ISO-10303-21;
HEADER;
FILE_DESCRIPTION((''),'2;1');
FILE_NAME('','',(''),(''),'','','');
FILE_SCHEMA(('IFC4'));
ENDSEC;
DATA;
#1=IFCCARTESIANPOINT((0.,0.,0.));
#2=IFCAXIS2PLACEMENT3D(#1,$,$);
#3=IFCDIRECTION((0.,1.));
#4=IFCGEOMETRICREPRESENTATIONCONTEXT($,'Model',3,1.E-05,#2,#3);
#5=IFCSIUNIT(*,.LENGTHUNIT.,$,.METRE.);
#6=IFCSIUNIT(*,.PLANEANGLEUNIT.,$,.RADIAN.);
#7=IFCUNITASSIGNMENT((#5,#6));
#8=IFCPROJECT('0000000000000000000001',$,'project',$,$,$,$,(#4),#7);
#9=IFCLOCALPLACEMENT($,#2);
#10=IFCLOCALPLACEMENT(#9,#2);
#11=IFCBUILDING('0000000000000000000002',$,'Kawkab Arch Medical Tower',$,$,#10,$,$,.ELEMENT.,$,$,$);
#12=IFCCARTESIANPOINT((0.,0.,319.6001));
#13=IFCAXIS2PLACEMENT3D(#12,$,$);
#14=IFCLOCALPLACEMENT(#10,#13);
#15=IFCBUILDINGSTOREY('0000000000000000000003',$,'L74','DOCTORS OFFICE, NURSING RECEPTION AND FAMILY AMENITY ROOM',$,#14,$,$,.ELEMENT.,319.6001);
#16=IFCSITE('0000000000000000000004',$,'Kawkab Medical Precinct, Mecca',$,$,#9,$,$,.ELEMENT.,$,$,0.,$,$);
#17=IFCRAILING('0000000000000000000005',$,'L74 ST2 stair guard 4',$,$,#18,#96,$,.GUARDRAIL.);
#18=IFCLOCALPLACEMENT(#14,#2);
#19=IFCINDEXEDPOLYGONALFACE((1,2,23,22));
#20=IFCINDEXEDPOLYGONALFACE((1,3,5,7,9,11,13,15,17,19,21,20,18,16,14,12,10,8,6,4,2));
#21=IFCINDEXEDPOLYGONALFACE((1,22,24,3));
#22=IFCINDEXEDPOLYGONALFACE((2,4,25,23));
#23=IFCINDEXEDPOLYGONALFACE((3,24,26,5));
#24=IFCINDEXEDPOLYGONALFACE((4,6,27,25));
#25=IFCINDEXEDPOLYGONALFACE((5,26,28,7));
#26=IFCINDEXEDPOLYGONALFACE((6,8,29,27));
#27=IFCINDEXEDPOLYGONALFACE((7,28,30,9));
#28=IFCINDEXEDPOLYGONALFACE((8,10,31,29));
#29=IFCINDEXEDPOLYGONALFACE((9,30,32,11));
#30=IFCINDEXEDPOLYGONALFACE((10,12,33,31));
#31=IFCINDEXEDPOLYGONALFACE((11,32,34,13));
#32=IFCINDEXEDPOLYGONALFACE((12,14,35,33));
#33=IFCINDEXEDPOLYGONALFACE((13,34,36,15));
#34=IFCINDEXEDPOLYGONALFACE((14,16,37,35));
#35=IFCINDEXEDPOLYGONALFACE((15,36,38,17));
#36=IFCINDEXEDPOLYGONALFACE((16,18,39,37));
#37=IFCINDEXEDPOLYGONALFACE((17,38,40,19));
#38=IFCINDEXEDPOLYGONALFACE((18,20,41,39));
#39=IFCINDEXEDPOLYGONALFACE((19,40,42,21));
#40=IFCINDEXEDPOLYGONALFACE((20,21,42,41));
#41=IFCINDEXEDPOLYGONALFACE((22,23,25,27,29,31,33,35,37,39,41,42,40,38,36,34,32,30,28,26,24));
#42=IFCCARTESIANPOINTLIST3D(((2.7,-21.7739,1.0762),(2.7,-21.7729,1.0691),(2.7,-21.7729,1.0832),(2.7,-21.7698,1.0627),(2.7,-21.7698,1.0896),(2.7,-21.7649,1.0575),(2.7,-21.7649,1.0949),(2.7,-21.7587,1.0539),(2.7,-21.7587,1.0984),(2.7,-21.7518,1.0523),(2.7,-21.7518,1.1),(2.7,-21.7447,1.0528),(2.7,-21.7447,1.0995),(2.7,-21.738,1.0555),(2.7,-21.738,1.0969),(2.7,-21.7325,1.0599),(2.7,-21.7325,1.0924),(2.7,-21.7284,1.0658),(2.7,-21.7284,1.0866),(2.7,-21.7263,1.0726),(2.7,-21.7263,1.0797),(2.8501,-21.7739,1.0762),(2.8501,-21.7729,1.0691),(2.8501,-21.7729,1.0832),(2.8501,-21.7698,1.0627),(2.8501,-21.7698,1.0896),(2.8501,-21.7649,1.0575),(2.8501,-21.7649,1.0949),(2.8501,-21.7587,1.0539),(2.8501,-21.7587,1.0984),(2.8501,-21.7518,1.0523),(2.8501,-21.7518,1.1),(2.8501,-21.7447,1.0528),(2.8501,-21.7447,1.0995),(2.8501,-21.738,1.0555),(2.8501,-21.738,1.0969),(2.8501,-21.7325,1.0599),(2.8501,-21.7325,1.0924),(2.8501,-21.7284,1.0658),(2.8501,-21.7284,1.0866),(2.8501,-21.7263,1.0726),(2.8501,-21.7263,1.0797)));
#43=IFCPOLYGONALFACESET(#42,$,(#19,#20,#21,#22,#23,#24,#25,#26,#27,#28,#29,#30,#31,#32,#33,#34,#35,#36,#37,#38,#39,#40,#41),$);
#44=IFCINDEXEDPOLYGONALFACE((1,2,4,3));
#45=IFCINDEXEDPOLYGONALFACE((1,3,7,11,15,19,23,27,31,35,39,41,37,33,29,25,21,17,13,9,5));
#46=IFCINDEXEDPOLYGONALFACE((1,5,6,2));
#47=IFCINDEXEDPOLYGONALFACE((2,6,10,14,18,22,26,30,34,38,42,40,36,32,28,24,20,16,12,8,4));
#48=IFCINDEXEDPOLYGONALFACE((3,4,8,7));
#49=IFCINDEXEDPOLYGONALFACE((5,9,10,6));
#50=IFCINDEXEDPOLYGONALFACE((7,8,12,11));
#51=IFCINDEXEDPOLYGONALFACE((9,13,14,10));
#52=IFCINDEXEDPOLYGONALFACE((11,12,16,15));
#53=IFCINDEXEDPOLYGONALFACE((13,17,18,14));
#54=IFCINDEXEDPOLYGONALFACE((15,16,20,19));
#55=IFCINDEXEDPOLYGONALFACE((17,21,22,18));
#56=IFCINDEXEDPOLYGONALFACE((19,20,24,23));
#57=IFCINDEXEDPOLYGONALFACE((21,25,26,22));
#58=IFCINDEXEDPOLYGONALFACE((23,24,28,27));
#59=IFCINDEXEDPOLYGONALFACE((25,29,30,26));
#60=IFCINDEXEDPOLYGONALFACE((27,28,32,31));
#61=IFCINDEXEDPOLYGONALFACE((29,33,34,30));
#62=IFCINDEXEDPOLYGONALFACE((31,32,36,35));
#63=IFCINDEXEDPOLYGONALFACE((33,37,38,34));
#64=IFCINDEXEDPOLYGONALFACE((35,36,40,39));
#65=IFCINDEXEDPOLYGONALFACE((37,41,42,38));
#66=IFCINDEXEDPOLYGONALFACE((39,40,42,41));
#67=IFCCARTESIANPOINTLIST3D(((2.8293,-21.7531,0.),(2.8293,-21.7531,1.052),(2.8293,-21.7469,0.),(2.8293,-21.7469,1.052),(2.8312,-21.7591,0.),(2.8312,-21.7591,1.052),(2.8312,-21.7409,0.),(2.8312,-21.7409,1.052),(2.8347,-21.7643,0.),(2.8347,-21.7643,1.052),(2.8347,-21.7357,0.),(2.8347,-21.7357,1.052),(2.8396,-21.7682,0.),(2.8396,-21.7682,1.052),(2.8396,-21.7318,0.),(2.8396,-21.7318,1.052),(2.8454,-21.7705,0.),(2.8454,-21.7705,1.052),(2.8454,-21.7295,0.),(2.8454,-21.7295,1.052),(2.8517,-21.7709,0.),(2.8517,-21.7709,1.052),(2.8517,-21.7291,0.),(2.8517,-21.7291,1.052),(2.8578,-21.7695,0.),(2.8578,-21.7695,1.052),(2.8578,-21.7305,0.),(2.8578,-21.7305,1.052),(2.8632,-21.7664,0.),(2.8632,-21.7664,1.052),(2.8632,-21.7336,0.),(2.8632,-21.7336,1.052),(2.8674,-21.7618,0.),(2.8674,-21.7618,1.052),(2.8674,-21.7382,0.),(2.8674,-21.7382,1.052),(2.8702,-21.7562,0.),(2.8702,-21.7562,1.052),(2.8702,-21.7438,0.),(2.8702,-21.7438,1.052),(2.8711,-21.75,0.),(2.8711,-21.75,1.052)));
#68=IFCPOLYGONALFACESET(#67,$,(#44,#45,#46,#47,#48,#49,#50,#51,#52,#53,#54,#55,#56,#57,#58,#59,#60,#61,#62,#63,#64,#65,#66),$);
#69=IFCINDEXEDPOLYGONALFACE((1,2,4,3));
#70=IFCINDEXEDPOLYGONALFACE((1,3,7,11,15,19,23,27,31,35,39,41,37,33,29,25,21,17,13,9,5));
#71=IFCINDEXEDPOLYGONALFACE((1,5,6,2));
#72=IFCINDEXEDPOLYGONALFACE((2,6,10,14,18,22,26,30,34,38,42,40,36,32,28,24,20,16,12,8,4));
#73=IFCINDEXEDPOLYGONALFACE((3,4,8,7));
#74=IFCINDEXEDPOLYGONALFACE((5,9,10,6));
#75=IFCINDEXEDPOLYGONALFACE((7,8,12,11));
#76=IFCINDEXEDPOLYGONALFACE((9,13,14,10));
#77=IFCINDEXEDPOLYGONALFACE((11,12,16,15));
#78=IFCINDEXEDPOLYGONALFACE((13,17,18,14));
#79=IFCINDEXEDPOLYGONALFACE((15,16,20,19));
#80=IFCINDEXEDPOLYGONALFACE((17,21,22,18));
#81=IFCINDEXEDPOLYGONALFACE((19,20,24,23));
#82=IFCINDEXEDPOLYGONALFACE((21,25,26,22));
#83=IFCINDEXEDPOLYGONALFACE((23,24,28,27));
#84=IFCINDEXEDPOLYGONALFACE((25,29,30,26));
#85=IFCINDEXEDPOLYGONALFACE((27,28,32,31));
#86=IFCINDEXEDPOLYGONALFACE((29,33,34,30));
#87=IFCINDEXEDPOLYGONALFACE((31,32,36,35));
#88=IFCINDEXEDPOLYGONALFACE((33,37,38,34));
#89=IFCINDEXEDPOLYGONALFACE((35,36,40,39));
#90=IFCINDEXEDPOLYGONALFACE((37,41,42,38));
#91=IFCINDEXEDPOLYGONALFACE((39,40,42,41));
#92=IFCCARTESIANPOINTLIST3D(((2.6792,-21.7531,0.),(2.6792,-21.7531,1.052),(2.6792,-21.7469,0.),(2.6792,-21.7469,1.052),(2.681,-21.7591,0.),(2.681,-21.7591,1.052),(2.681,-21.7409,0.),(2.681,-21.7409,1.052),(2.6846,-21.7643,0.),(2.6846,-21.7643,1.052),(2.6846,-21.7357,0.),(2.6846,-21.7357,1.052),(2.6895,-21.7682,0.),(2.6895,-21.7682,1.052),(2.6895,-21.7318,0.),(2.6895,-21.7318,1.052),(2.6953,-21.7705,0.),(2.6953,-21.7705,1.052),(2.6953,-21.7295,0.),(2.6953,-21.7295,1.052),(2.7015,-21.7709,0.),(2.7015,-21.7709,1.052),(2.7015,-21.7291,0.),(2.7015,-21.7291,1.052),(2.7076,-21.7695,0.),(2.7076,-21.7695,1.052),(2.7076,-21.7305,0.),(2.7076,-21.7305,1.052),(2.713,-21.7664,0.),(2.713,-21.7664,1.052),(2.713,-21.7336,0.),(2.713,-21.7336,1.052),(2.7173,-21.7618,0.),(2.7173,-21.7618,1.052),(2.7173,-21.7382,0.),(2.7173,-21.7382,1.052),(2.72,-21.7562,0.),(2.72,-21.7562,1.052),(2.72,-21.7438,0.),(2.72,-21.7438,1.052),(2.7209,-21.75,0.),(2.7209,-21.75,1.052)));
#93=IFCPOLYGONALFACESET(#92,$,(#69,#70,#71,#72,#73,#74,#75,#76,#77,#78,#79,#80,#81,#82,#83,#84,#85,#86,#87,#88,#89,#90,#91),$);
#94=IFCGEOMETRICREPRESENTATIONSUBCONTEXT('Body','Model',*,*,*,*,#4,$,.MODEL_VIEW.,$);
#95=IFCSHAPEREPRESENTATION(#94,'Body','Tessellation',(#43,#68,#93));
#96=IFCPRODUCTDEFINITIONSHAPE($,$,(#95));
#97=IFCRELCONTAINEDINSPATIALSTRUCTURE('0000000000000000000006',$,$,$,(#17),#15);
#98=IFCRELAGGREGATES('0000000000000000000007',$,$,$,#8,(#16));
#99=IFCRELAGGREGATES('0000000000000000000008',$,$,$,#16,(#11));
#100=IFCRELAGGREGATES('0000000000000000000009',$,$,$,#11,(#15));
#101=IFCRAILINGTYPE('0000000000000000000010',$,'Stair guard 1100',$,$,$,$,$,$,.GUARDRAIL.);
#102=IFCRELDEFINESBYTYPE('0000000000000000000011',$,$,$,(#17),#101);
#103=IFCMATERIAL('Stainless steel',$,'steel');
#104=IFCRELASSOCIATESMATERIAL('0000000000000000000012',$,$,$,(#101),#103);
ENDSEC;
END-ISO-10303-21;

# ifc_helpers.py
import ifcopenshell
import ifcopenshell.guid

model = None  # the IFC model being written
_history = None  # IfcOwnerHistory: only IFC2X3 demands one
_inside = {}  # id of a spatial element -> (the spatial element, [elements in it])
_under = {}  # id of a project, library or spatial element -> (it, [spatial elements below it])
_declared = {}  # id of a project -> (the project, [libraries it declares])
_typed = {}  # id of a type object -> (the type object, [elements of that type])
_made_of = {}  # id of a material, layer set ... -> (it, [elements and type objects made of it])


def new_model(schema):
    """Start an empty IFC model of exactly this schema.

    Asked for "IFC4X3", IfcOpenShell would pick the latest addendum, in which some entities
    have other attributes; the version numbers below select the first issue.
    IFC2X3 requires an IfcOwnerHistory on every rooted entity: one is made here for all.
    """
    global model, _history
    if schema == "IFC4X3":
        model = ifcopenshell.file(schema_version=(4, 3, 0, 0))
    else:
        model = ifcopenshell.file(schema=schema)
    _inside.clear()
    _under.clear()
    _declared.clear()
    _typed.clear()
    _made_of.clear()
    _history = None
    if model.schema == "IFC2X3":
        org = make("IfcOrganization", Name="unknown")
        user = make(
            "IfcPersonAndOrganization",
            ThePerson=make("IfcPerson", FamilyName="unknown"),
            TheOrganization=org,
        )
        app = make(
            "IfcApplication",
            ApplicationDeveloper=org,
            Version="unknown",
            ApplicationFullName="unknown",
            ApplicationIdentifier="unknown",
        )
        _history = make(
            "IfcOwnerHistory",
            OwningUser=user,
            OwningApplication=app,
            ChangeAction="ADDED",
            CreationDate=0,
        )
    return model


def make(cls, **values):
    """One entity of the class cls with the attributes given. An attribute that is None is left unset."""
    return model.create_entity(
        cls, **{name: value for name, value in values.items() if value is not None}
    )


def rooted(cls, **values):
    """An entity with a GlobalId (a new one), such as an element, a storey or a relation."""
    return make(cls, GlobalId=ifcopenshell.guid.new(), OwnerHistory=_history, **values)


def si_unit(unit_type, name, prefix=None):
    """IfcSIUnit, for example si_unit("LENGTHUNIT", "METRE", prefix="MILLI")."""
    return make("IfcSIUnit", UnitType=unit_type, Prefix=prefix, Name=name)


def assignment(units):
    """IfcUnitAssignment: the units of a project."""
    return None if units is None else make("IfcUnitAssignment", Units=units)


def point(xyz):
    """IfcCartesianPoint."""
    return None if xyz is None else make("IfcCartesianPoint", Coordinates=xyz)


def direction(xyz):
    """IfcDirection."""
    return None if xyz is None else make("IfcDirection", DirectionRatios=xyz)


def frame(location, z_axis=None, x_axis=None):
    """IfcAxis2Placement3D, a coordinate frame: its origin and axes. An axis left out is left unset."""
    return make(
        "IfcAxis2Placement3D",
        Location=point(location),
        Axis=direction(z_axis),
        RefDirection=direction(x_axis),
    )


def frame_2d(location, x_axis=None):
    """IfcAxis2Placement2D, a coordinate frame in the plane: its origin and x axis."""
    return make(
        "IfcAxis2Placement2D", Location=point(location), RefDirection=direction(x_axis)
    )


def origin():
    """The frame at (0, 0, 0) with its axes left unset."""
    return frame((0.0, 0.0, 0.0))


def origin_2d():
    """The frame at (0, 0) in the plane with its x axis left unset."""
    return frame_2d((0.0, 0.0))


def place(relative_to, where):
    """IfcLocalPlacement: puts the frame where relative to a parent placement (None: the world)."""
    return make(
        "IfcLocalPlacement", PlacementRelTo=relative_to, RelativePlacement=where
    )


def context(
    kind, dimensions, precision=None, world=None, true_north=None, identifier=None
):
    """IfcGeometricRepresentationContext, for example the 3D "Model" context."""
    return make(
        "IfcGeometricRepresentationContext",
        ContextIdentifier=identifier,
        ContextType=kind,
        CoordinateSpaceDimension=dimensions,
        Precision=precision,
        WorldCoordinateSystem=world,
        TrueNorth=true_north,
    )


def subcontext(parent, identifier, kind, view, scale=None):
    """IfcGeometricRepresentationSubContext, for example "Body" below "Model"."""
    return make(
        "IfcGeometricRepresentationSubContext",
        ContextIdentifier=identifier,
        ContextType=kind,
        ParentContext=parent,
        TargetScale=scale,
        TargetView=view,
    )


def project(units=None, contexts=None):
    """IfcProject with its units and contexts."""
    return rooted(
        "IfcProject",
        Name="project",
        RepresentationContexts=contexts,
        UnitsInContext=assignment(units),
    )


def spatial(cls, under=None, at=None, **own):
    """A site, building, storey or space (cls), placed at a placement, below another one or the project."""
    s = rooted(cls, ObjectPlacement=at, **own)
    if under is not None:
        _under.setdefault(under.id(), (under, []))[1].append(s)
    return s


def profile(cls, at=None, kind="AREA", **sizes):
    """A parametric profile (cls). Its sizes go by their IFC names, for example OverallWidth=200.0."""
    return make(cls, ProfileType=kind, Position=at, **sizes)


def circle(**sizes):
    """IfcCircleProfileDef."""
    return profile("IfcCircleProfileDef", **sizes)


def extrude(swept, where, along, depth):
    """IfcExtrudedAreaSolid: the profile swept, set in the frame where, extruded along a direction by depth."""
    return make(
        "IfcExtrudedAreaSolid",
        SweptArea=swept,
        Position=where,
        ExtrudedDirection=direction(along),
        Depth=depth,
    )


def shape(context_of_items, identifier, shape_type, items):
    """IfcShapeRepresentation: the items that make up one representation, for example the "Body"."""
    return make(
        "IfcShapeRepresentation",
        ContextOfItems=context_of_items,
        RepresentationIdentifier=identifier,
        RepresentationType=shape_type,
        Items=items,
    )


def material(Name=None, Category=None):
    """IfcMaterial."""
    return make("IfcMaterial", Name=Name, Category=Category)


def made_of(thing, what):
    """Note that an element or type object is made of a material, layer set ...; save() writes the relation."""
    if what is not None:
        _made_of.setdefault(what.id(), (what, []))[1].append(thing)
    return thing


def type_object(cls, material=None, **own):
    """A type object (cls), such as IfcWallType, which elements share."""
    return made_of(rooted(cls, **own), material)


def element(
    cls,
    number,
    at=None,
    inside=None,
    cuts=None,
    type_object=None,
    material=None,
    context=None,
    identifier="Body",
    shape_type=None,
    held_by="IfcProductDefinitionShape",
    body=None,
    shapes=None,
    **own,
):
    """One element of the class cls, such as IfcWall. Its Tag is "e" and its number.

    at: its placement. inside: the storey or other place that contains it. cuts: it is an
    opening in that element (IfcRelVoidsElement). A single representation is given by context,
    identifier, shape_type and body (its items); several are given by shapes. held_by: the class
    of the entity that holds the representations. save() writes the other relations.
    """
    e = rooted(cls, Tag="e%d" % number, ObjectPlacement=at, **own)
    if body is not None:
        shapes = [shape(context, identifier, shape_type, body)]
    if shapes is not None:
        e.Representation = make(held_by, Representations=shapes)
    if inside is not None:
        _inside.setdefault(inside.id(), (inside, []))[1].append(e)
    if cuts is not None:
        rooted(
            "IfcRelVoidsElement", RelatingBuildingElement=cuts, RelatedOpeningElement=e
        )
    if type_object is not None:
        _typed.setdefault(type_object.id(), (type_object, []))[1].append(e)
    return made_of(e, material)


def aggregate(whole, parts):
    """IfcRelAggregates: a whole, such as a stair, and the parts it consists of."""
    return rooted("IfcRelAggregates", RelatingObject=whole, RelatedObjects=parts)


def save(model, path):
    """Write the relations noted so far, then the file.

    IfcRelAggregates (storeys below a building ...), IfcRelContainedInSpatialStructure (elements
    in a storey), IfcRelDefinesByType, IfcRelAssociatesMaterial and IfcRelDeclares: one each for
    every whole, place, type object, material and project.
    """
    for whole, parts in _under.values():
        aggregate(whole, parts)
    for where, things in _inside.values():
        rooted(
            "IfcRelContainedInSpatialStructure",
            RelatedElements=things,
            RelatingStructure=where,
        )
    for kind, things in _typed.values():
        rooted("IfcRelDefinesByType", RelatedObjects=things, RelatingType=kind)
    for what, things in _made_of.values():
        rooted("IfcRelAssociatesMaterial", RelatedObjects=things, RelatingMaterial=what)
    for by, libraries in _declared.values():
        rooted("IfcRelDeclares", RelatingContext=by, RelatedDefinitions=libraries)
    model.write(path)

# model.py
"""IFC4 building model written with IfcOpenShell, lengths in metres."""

from ifc_helpers import new_model, si_unit, direction, frame, origin, origin_2d, place, context, subcontext, project, spatial, circle, extrude, material, type_object, element, save


model = new_model("IFC4")

# Units and contexts
model_context = context("Model", 3, precision=1e-05, world=origin(), true_north=direction((0.0, 1.0)))
body_context = subcontext(model_context, "Body", "Model", "MODEL_VIEW")
ifc_project = project(units=[si_unit("LENGTHUNIT", "METRE"), si_unit("PLANEANGLEUNIT", "RADIAN")], contexts=[model_context])

# Site, building, storey
site_placement = place(None, origin())
site = spatial("IfcSite", under=ifc_project, at=site_placement, Name="Kawkab Medical Precinct, Mecca", CompositionType="ELEMENT", RefElevation=0.0)
building_placement = place(site_placement, origin())
building = spatial("IfcBuilding", under=site, at=building_placement, Name="Kawkab Arch Medical Tower", CompositionType="ELEMENT")
storey_placement = place(building_placement, frame((0.0, 0.0, 319.6001)))
storey = spatial("IfcBuildingStorey", under=building, at=storey_placement, Name="L74", Description="DOCTORS OFFICE, NURSING RECEPTION AND FAMILY AMENITY ROOM", CompositionType="ELEMENT", Elevation=319.6001)

# Railing
ifc_material_1 = material(Name="Stainless steel", Category="steel")
railing_type = type_object("IfcRailingType", Name="Stair guard 1100", PredefinedType="GUARDRAIL", material=ifc_material_1)
railing_1_placement = place(storey_placement, frame((2.8501, -21.75, 0.0)))
element("IfcRailing", 1, at=railing_1_placement, inside=storey, type_object=railing_type, Name="L74 ST2 stair guard 4", PredefinedType="GUARDRAIL", context=body_context, shape_type="SweptSolid", body=[
    extrude(circle(Radius=0.0239, at=origin_2d()), frame((0.0, 0.0, 1.0762), z_axis=(-1.0, 0.0, 0.0), x_axis=(0.0, -1.0, 0.0)), (0.0, 0.0, 1.0), 0.1501),
    extrude(circle(Radius=0.021, at=origin_2d()), origin(), (0.0, 0.0, 1.0), 1.052),
    extrude(circle(Radius=0.021, at=origin_2d()), frame((-0.1501, 0.0, 0.0)), (0.0, 0.0, 1.0), 1.052),
])

save(model, "model.ifc")
